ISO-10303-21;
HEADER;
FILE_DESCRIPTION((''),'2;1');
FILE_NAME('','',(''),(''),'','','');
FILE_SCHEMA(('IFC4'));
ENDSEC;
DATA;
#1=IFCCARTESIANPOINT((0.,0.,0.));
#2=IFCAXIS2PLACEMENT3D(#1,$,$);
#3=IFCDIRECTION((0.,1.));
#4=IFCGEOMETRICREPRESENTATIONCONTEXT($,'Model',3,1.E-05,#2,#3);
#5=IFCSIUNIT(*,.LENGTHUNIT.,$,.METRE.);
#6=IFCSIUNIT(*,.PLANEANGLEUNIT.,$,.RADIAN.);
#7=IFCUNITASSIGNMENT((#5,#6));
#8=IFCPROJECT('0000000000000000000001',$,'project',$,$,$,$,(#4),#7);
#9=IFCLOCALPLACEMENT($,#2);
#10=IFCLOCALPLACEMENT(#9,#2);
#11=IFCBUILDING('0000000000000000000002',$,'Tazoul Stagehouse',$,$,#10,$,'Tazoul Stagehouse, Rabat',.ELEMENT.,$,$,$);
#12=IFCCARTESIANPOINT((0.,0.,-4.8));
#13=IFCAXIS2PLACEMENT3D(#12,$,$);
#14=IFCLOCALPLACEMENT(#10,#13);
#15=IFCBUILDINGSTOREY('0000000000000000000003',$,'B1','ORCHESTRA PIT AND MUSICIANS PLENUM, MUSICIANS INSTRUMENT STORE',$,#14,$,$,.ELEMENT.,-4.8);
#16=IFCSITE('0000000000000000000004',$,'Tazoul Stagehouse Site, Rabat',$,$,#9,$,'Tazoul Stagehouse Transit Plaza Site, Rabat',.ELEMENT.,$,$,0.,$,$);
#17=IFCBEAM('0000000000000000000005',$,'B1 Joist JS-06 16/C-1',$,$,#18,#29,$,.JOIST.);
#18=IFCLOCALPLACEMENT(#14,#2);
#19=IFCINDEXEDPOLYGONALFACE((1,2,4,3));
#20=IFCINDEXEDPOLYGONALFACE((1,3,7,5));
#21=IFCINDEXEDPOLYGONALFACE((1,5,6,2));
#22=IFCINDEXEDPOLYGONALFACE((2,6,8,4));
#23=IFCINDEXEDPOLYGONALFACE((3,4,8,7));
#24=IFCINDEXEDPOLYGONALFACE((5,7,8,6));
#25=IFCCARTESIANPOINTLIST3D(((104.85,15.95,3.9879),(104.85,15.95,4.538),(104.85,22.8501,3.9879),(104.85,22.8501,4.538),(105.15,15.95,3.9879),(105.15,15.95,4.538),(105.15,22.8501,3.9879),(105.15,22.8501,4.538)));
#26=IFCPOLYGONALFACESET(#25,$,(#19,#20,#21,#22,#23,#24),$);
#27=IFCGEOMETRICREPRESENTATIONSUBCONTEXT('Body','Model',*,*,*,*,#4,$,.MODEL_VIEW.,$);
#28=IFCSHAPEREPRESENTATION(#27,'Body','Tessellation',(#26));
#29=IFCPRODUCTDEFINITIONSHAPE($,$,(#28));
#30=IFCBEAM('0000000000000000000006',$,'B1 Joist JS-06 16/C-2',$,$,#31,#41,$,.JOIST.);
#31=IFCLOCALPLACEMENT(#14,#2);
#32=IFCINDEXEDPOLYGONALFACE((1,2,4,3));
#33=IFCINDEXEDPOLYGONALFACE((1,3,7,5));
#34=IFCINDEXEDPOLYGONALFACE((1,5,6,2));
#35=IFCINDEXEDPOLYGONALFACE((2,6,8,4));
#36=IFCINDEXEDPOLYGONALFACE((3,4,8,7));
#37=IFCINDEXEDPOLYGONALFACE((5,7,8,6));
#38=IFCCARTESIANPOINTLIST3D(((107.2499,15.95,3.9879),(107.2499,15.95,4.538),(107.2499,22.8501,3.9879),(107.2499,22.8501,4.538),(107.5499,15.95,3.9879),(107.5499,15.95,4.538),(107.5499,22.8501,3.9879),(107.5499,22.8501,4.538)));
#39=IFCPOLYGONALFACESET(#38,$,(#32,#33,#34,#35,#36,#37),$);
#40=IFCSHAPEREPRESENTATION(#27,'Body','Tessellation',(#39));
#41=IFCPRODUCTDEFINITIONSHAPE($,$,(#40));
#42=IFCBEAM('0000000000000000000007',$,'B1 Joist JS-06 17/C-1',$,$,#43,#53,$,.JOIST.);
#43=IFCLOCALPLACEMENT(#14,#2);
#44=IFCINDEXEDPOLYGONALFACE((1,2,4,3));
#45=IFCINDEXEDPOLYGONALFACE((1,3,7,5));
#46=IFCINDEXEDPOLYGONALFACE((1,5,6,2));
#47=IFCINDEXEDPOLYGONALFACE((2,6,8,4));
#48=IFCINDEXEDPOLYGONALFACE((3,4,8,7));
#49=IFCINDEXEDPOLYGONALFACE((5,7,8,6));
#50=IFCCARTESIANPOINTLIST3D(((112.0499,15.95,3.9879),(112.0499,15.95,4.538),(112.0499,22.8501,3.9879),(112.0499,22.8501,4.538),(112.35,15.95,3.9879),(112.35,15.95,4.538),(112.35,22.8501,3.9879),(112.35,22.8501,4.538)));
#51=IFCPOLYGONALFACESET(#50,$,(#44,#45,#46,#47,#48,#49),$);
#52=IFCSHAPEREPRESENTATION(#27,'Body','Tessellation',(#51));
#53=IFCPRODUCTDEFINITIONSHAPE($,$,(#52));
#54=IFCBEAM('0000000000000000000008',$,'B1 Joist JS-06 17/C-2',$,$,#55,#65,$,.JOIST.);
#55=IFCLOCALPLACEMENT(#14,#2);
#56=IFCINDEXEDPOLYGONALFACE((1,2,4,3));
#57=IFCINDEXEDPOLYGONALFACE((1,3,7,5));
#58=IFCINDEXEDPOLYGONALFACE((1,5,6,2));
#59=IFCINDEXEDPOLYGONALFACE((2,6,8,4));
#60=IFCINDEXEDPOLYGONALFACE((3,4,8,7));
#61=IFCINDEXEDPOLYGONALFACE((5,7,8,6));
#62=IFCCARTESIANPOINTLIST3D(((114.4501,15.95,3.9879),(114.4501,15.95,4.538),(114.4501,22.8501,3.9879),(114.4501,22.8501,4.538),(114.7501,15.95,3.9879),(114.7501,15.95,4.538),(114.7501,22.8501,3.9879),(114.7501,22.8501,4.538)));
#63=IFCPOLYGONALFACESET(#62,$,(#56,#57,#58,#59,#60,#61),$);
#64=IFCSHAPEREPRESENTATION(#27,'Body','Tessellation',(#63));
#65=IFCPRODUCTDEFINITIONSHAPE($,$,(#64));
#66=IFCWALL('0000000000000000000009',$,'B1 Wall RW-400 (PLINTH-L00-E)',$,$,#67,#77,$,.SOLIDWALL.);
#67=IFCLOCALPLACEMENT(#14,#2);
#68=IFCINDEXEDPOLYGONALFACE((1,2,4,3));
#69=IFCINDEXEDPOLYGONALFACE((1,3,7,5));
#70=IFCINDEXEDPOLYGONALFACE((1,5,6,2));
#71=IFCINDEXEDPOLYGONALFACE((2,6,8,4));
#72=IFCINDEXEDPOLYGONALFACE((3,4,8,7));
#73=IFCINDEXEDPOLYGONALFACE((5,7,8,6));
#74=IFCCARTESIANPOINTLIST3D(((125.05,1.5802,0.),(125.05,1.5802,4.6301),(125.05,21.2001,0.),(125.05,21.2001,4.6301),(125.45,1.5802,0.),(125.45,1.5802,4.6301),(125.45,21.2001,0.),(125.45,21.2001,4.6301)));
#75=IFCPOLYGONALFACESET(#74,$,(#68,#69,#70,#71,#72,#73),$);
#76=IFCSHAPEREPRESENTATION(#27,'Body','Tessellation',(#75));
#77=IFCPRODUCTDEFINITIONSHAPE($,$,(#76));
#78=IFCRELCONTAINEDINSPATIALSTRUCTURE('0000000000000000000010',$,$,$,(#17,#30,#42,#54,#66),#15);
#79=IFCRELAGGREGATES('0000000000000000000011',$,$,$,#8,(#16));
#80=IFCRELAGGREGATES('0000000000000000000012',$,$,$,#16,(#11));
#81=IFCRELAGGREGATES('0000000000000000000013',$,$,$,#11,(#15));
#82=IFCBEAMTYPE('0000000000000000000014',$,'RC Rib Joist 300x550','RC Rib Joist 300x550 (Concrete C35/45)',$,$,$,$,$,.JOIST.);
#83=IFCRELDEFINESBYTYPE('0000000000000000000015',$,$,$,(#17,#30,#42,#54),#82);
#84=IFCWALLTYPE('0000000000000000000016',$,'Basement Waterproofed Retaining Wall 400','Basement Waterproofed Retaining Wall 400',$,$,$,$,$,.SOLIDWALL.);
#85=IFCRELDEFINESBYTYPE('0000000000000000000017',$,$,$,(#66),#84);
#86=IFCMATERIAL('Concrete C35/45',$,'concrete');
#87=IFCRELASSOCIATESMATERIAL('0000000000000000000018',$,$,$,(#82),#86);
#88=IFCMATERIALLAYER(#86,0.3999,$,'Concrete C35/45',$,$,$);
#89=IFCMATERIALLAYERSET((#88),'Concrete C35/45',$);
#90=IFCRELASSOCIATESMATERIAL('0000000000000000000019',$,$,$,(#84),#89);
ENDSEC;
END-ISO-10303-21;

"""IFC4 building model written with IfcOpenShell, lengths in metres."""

from ifc_helpers import new_model, si_unit, direction, frame, frame_2d, origin, origin_2d, place, context, subcontext, project, spatial, rectangle, extrude, material, layer, layer_set, material_profile, profile_set, type_object, element, save


model = new_model("IFC4")

# Units and contexts
model_context = context("Model", 3, precision=1e-05, world=origin(), true_north=direction((0.0, 1.0)))
body_context = subcontext(model_context, "Body", "Model", "MODEL_VIEW")
ifc_project = project(units=[si_unit("LENGTHUNIT", "METRE"), si_unit("PLANEANGLEUNIT", "RADIAN")], contexts=[model_context])

# Site, building, storey
site_placement = place(None, origin())
site = spatial("IfcSite", under=ifc_project, at=site_placement, Name="Tazoul Stagehouse Site, Rabat", LongName="Tazoul Stagehouse Transit Plaza Site, Rabat", CompositionType="ELEMENT", RefElevation=0.0)
building_placement = place(site_placement, origin())
building = spatial("IfcBuilding", under=site, at=building_placement, Name="Tazoul Stagehouse", LongName="Tazoul Stagehouse, Rabat", CompositionType="ELEMENT")
storey_placement = place(building_placement, frame((0.0, 0.0, -4.8)))
storey = spatial("IfcBuildingStorey", under=building, at=storey_placement, Name="B1", Description="ORCHESTRA PIT AND MUSICIANS PLENUM, MUSICIANS INSTRUMENT STORE", CompositionType="ELEMENT", Elevation=-4.8)

# Shared definitions
ifc_material_1 = material(Name="Concrete C35/45", Category="concrete")

# Beams
ifc_material_profile_1 = material_profile(ifc_material_1, rectangle(XDim=0.3, YDim=0.55, at=origin_2d()), Name="RC 300x550")
ifc_profile_set_1 = profile_set([ifc_material_profile_1], Name="Concrete C35/45")
beam_type_1 = type_object("IfcBeamType", Name="RC Rib Joist 300x550", Description="RC Rib Joist 300x550 (Concrete C35/45)", PredefinedType="JOIST", material=ifc_profile_set_1)
for number, where, z_axis, x_axis, name in (
    (1, (105.0, 15.95, 4.2629), (0.0, 1.0, 0.0), (-1.0, 0.0, 0.0), "B1 Joist JS-06 16/C-1"),
    (2, (107.3999, 15.95, 4.2629), (0.0, 1.0, 0.0), (-1.0, 0.0, 0.0), "B1 Joist JS-06 16/C-2"),
    (3, (112.2, 15.95, 4.2629), (0.0, 1.0, 0.0), (-1.0, 0.0, 0.0), "B1 Joist JS-06 17/C-1"),
    (4, (114.6001, 15.95, 4.2629), (0.0, 1.0, 0.0), (-1.0, 0.0, 0.0), "B1 Joist JS-06 17/C-2"),
):
    element("IfcBeam", number, at=place(storey_placement, frame(where, z_axis=z_axis, x_axis=x_axis)), inside=storey, type_object=beam_type_1, Name=name, PredefinedType="JOIST", context=body_context, shape_type="SweptSolid", body=[
        extrude(rectangle(XDim=0.3, YDim=0.55, at=origin_2d()), origin(), (0.0, 0.0, 1.0), 6.9001),
    ])

# Wall
ifc_layer = layer(ifc_material_1, 0.3999, Name="Concrete C35/45")
ifc_layer_set = layer_set([ifc_layer], Name="Concrete C35/45")
wall_type = type_object("IfcWallType", Name="Basement Waterproofed Retaining Wall 400", Description="Basement Waterproofed Retaining Wall 400", PredefinedType="SOLIDWALL", material=ifc_layer_set)
wall_placement = place(storey_placement, frame((125.25, 1.5801, 0.0), z_axis=(0.0, 0.0, 1.0), x_axis=(0.0, 1.0, 0.0)))
element("IfcWall", 5, at=wall_placement, inside=storey, type_object=wall_type, Name="B1 Wall RW-400 (PLINTH-L00-E)", PredefinedType="SOLIDWALL", context=body_context, shape_type="SweptSolid", body=[
    extrude(rectangle(XDim=19.6199, YDim=0.3999, at=frame_2d((9.8101, 0.0))), origin(), (0.0, 0.0, 1.0), 4.6301),
])

save(model, "model.ifc")
